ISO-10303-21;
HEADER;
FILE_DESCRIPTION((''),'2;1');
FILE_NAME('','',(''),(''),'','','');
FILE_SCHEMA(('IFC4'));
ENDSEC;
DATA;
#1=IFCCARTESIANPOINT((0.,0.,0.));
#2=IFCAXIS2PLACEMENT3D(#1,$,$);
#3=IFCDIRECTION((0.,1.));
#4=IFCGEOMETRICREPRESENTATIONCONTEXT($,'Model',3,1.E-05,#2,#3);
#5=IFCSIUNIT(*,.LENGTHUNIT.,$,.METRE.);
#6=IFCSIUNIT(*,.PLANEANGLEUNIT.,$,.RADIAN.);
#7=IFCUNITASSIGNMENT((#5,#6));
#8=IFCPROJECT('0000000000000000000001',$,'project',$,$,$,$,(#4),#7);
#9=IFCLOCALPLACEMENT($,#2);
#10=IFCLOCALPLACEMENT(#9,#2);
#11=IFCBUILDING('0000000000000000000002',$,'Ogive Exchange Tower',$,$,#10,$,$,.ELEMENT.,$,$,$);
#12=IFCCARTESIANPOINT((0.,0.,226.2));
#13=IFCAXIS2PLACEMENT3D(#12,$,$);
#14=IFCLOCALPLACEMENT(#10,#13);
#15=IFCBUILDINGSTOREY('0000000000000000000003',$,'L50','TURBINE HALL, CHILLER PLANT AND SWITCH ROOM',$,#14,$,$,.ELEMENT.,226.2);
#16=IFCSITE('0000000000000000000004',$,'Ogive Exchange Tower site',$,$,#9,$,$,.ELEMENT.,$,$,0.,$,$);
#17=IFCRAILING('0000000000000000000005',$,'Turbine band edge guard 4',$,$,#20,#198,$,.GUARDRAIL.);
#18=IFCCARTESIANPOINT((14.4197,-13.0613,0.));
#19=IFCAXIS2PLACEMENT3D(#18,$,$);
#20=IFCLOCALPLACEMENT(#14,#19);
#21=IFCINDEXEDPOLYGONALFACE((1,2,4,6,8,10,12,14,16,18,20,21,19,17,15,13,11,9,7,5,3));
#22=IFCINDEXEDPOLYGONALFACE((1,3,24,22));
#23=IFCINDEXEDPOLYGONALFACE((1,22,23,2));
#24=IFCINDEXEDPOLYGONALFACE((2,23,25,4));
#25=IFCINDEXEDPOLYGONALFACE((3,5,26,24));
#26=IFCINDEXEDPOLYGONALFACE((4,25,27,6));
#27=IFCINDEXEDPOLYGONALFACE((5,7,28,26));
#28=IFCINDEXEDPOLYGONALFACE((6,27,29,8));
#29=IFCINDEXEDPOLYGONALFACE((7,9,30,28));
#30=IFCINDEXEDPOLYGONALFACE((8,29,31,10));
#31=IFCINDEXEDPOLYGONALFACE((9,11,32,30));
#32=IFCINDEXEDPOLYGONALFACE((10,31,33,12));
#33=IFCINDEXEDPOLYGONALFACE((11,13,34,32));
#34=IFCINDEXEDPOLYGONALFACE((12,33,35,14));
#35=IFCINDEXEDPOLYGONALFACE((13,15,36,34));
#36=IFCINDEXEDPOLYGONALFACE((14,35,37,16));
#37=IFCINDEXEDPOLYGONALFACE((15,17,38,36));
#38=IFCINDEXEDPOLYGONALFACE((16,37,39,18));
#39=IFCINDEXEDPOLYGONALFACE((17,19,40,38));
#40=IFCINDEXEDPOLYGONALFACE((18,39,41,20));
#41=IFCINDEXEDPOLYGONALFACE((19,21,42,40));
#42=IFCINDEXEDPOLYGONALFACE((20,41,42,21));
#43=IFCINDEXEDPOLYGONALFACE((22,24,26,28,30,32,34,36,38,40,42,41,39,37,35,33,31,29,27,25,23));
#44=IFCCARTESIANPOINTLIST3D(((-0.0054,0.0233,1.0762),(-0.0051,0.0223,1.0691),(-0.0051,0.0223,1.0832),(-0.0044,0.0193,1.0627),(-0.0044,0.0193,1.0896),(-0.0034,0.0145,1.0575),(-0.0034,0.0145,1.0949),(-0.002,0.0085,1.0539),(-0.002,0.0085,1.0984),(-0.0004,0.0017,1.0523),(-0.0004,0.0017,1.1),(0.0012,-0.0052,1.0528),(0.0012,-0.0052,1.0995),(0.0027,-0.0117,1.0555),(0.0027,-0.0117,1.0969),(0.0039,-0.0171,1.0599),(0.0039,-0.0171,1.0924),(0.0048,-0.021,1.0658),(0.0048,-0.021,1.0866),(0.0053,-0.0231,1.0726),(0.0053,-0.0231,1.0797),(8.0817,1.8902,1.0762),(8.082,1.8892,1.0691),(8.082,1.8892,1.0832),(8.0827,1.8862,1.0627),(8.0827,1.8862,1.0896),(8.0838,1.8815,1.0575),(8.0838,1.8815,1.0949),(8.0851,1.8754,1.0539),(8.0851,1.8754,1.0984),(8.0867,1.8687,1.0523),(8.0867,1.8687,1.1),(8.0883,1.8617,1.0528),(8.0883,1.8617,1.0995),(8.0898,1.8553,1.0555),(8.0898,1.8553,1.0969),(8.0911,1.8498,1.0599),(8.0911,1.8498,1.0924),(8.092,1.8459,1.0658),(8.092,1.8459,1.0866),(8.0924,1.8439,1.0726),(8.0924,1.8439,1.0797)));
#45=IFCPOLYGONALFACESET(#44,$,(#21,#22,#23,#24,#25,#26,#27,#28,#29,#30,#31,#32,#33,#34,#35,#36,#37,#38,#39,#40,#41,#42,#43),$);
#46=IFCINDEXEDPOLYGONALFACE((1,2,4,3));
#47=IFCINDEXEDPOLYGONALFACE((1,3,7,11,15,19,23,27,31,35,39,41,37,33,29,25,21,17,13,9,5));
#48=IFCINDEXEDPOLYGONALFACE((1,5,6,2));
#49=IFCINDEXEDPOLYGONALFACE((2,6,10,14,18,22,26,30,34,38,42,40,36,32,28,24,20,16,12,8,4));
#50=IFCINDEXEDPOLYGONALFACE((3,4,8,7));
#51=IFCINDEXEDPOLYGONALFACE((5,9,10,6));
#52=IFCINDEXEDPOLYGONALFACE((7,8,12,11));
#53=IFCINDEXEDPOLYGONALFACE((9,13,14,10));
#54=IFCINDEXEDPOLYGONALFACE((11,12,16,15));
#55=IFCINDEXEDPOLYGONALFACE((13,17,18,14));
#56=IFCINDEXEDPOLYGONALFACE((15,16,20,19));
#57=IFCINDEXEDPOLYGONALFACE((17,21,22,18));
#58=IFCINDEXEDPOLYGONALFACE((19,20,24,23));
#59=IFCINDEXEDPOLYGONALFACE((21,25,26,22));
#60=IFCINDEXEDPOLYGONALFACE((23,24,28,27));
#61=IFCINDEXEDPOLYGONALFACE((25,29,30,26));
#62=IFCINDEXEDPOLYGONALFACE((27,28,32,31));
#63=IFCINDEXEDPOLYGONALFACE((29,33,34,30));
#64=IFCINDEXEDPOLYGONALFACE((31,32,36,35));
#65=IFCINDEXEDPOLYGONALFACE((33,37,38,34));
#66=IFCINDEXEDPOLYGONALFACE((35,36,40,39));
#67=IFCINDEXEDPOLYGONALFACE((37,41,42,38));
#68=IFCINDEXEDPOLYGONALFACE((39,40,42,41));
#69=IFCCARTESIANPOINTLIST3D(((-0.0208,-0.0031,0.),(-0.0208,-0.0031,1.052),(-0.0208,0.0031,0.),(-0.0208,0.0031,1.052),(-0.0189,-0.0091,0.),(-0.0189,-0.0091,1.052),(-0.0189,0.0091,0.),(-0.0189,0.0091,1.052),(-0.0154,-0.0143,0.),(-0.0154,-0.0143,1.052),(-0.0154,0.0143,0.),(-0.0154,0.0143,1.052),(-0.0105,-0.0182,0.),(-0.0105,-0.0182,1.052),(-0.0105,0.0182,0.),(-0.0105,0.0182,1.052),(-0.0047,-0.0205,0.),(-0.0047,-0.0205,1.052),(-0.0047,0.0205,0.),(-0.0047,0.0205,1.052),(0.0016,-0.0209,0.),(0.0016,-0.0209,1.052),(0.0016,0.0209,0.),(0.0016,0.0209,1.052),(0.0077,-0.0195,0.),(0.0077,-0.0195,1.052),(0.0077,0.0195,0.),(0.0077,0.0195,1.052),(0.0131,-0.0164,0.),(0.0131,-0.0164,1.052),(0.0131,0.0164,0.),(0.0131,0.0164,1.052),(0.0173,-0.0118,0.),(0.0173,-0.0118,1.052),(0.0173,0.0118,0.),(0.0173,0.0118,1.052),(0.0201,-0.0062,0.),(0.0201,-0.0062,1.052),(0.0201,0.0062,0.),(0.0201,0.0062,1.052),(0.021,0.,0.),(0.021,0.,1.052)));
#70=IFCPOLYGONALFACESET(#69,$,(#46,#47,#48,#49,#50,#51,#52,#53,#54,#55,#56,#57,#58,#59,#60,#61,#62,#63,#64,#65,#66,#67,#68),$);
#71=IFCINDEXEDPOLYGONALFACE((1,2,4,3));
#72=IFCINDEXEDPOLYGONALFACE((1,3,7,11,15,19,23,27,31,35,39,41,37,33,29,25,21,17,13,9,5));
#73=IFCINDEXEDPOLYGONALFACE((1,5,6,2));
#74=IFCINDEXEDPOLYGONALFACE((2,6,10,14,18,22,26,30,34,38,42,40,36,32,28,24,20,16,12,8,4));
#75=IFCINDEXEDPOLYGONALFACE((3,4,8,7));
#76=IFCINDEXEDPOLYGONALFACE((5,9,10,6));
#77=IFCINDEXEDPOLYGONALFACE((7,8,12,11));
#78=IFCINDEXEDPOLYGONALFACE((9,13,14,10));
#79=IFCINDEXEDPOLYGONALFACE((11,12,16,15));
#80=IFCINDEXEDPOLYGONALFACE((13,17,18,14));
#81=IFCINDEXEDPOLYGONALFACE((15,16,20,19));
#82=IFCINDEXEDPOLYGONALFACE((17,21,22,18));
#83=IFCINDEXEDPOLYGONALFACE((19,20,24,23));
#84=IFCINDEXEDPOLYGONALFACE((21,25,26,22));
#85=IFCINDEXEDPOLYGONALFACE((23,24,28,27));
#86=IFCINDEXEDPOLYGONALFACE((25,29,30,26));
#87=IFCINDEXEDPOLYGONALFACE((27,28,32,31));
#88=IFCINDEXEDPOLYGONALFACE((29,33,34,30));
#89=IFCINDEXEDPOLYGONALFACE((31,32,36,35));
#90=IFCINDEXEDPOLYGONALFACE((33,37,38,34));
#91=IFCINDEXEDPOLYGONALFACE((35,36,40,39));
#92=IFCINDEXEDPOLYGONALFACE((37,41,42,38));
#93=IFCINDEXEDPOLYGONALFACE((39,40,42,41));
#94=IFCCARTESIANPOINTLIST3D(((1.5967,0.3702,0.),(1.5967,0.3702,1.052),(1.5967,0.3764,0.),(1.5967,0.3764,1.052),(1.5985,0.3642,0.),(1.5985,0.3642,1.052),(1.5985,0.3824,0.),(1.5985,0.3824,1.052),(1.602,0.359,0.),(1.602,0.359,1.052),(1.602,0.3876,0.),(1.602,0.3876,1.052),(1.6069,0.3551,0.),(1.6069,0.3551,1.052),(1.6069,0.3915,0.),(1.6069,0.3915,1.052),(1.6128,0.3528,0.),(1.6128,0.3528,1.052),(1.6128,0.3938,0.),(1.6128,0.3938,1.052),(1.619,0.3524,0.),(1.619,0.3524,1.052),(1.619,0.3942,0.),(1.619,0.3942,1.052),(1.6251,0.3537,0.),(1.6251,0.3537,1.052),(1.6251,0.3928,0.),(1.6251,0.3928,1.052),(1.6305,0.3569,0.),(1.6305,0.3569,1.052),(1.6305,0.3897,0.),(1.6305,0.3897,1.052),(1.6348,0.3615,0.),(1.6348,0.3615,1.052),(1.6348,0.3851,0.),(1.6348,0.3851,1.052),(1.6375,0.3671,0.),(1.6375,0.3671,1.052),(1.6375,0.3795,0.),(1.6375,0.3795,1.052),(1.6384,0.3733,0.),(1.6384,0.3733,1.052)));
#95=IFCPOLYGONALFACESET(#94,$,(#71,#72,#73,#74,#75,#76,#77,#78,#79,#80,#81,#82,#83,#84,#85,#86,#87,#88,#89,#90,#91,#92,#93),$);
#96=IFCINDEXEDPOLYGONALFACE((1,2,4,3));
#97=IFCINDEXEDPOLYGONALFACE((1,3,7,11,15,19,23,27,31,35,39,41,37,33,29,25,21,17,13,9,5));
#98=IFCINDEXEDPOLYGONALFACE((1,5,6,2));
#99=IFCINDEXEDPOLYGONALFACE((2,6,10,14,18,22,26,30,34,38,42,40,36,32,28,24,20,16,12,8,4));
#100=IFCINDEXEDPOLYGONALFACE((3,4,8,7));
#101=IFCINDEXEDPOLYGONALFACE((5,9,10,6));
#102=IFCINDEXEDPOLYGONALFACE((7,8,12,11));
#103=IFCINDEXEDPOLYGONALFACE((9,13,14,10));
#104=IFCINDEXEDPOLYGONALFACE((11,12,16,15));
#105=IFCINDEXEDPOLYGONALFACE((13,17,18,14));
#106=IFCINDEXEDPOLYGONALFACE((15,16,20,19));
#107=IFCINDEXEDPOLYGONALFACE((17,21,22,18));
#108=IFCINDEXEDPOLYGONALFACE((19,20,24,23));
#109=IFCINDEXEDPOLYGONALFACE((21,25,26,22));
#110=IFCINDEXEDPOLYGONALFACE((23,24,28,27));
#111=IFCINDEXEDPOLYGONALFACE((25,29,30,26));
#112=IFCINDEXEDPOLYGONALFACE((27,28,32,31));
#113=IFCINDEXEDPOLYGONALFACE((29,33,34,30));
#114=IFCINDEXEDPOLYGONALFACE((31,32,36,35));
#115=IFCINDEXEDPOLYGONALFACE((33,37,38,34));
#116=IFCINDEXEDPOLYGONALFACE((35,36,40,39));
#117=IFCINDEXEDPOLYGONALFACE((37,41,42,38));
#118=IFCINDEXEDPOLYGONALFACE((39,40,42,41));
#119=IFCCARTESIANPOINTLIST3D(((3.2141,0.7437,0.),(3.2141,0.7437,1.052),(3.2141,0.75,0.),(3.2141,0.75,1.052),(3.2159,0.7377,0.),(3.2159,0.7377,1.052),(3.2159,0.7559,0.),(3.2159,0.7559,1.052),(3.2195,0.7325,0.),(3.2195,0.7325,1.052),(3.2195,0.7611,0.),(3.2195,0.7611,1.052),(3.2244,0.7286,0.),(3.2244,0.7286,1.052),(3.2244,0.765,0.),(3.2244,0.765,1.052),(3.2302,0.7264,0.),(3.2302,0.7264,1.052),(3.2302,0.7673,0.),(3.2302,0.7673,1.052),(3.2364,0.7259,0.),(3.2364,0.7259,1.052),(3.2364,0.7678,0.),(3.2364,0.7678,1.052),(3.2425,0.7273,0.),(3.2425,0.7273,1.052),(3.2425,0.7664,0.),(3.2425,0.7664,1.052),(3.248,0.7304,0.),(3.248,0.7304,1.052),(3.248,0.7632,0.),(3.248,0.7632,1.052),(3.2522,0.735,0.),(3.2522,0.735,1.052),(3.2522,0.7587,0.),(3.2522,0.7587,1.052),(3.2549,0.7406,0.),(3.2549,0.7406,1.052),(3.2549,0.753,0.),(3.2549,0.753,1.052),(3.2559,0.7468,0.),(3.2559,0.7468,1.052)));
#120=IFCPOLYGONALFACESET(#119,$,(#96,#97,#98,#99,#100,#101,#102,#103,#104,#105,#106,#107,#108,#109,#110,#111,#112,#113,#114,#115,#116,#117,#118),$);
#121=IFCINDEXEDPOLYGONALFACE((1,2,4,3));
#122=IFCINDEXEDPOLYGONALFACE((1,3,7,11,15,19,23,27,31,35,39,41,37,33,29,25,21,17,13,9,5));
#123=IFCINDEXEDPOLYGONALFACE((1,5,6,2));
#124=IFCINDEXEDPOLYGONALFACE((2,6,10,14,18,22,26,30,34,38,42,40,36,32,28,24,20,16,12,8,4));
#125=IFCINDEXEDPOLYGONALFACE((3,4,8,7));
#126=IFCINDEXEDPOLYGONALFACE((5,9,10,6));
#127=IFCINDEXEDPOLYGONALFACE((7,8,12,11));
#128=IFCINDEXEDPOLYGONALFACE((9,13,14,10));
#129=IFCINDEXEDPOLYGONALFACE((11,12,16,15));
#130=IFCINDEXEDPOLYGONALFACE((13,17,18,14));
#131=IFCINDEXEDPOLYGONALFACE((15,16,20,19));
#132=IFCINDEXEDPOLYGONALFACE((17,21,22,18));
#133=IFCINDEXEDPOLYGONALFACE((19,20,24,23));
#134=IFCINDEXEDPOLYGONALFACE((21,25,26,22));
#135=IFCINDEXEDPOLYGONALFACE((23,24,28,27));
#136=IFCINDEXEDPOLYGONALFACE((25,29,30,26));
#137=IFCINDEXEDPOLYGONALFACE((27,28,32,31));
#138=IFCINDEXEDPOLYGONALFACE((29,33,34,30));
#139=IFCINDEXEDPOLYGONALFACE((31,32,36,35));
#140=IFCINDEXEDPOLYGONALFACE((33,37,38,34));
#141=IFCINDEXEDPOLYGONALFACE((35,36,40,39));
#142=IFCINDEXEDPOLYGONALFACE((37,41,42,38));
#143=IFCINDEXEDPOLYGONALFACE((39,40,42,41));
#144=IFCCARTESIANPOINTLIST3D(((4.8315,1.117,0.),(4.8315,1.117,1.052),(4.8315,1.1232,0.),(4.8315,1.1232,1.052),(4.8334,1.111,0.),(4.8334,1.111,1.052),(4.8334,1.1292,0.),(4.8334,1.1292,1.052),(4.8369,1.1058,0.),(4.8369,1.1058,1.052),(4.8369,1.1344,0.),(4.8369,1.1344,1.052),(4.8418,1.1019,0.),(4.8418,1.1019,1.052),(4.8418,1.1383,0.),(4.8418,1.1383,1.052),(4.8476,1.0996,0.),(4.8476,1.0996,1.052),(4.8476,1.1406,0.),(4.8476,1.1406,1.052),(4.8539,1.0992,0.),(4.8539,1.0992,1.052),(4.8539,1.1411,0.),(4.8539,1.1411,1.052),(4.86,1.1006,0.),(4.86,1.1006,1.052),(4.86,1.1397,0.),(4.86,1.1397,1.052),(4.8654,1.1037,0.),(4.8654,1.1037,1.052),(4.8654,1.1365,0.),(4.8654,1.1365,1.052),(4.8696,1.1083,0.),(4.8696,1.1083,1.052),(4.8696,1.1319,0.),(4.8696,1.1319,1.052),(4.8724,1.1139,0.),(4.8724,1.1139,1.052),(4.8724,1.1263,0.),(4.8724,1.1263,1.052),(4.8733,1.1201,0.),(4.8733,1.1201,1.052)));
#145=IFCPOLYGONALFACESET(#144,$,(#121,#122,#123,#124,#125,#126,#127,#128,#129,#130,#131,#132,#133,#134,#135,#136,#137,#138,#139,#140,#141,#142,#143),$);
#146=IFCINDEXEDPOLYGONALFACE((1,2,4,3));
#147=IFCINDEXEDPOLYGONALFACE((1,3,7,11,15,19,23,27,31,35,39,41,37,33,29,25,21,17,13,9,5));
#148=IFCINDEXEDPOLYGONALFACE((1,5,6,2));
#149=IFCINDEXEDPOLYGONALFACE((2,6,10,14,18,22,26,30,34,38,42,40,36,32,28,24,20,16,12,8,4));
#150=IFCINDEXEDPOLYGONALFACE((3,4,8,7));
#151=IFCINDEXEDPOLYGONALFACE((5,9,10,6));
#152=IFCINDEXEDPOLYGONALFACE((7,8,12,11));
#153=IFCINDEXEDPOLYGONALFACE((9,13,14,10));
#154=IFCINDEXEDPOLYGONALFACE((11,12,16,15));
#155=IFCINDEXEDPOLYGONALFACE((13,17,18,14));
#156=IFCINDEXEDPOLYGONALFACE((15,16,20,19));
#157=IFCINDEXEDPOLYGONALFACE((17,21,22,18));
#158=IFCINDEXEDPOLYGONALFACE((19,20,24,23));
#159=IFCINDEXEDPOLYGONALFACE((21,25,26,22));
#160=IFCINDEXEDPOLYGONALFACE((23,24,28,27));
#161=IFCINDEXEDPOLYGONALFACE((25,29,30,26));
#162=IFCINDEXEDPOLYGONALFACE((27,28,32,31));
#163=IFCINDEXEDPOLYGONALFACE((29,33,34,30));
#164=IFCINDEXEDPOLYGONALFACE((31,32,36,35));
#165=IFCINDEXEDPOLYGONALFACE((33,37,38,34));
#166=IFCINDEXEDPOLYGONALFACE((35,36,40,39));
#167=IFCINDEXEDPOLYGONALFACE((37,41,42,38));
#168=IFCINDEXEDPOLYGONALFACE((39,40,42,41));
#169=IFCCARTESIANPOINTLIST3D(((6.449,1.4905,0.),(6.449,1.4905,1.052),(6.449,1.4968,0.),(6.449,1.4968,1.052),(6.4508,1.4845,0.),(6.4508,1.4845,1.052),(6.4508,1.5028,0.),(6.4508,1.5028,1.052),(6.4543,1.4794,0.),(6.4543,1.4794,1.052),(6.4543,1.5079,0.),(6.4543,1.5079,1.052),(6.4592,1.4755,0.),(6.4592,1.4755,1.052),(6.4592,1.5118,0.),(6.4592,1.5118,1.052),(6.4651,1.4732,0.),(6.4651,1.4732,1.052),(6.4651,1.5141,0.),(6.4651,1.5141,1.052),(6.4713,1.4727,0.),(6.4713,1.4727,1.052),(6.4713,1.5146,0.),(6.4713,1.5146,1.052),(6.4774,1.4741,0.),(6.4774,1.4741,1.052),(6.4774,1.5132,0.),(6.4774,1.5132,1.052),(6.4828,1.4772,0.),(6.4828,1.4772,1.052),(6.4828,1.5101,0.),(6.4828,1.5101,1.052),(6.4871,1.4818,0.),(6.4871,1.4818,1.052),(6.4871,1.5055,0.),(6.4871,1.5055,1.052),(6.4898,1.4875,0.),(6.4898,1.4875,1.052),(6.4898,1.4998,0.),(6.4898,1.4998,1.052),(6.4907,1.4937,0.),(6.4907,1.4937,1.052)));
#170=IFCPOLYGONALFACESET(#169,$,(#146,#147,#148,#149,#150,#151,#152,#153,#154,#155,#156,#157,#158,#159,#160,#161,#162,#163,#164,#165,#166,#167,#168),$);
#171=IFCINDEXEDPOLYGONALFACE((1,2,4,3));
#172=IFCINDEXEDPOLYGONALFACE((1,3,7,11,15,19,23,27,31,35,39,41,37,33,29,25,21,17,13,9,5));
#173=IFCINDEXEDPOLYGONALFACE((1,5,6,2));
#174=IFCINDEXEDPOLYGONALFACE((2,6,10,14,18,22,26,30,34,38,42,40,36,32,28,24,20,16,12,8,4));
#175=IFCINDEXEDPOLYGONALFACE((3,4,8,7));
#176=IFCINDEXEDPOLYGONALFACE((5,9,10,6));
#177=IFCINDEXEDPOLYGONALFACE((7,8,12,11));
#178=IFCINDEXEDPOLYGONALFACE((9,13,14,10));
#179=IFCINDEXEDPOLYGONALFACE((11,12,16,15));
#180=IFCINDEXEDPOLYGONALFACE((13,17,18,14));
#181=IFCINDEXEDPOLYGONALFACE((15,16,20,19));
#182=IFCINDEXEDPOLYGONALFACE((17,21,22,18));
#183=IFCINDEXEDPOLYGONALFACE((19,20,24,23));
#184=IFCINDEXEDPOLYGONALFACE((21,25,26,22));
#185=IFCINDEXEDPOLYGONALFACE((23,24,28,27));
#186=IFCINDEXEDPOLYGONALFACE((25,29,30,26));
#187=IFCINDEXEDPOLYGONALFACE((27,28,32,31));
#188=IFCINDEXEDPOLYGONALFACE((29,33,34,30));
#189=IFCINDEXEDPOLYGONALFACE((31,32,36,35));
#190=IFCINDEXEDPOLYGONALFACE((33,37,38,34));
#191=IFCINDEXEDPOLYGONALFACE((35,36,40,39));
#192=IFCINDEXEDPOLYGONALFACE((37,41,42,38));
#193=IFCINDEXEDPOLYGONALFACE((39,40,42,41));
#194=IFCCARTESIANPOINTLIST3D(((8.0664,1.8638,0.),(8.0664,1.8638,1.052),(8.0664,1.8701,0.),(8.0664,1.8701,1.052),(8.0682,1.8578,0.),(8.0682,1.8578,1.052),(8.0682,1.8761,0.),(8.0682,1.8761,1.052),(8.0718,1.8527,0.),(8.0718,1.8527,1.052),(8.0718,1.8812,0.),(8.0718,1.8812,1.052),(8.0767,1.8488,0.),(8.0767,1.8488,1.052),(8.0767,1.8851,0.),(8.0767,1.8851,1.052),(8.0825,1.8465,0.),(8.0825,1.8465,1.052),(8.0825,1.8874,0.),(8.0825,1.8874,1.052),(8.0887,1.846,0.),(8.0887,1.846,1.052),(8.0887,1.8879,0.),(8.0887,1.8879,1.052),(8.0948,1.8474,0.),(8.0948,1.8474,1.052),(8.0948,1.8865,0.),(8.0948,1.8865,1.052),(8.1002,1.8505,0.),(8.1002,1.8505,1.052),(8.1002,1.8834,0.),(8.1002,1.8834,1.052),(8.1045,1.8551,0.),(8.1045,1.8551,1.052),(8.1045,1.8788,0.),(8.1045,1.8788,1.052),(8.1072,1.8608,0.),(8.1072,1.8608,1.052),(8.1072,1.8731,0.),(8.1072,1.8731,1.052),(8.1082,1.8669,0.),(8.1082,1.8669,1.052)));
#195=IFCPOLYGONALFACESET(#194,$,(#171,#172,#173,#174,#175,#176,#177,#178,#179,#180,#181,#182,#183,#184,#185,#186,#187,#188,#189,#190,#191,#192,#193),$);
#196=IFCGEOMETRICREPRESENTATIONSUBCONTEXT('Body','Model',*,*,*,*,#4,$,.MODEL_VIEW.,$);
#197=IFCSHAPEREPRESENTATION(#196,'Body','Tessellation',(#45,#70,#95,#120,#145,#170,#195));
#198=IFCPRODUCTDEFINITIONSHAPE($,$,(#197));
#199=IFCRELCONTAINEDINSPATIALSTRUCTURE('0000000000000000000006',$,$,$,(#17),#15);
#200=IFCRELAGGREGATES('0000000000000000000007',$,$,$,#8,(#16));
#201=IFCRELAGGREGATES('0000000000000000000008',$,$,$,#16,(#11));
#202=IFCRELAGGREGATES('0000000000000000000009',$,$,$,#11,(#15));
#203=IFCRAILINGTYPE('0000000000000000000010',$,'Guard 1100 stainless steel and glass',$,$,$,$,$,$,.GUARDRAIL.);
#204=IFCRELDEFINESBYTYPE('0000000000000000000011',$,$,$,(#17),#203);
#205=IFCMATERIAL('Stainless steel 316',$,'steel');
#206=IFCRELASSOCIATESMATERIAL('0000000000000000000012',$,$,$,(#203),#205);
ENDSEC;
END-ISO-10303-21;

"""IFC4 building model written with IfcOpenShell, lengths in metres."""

from ifc_helpers import new_model, si_unit, direction, frame, origin, origin_2d, place, context, subcontext, project, spatial, circle, extrude, material, type_object, element, save


model = new_model("IFC4")

# Units and contexts
model_context = context("Model", 3, precision=1e-05, world=origin(), true_north=direction((0.0, 1.0)))
body_context = subcontext(model_context, "Body", "Model", "MODEL_VIEW")
ifc_project = project(units=[si_unit("LENGTHUNIT", "METRE"), si_unit("PLANEANGLEUNIT", "RADIAN")], contexts=[model_context])

# Site, building, storey
site_placement = place(None, origin())
site = spatial("IfcSite", under=ifc_project, at=site_placement, Name="Ogive Exchange Tower site", CompositionType="ELEMENT", RefElevation=0.0)
building_placement = place(site_placement, origin())
building = spatial("IfcBuilding", under=site, at=building_placement, Name="Ogive Exchange Tower", CompositionType="ELEMENT")
storey_placement = place(building_placement, frame((0.0, 0.0, 226.2)))
storey = spatial("IfcBuildingStorey", under=building, at=storey_placement, Name="L50", Description="TURBINE HALL, CHILLER PLANT AND SWITCH ROOM", CompositionType="ELEMENT", Elevation=226.2)

# Railing
ifc_material_1 = material(Name="Stainless steel 316", Category="steel")
railing_type = type_object("IfcRailingType", Name="Guard 1100 stainless steel and glass", PredefinedType="GUARDRAIL", material=ifc_material_1)
railing_placement = place(storey_placement, frame((14.4197, -13.0613, 0.0)))
element("IfcRailing", 1, at=railing_placement, inside=storey, type_object=railing_type, Name="Turbine band edge guard 4", PredefinedType="GUARDRAIL", context=body_context, shape_type="SweptSolid", body=[
    extrude(circle(Radius=0.0239, at=origin_2d()), frame((0.0, 0.0, 1.0762), z_axis=(0.974373, 0.224937, 0.0), x_axis=(-0.224937, 0.974373, 0.0)), (0.0, 0.0, 1.0), 8.2998),
    extrude(circle(Radius=0.021, at=origin_2d()), origin(), (0.0, 0.0, 1.0), 1.052),
    extrude(circle(Radius=0.021, at=origin_2d()), frame((1.6174, 0.3733, 0.0)), (0.0, 0.0, 1.0), 1.052),
    extrude(circle(Radius=0.021, at=origin_2d()), frame((3.2349, 0.7468, 0.0)), (0.0, 0.0, 1.0), 1.052),
    extrude(circle(Radius=0.021, at=origin_2d()), frame((4.8523, 1.1201, 0.0)), (0.0, 0.0, 1.0), 1.052),
    extrude(circle(Radius=0.021, at=origin_2d()), frame((6.4697, 1.4937, 0.0)), (0.0, 0.0, 1.0), 1.052),
    extrude(circle(Radius=0.021, at=origin_2d()), frame((8.0872, 1.8669, 0.0)), (0.0, 0.0, 1.0), 1.052),
])

save(model, "model.ifc")
